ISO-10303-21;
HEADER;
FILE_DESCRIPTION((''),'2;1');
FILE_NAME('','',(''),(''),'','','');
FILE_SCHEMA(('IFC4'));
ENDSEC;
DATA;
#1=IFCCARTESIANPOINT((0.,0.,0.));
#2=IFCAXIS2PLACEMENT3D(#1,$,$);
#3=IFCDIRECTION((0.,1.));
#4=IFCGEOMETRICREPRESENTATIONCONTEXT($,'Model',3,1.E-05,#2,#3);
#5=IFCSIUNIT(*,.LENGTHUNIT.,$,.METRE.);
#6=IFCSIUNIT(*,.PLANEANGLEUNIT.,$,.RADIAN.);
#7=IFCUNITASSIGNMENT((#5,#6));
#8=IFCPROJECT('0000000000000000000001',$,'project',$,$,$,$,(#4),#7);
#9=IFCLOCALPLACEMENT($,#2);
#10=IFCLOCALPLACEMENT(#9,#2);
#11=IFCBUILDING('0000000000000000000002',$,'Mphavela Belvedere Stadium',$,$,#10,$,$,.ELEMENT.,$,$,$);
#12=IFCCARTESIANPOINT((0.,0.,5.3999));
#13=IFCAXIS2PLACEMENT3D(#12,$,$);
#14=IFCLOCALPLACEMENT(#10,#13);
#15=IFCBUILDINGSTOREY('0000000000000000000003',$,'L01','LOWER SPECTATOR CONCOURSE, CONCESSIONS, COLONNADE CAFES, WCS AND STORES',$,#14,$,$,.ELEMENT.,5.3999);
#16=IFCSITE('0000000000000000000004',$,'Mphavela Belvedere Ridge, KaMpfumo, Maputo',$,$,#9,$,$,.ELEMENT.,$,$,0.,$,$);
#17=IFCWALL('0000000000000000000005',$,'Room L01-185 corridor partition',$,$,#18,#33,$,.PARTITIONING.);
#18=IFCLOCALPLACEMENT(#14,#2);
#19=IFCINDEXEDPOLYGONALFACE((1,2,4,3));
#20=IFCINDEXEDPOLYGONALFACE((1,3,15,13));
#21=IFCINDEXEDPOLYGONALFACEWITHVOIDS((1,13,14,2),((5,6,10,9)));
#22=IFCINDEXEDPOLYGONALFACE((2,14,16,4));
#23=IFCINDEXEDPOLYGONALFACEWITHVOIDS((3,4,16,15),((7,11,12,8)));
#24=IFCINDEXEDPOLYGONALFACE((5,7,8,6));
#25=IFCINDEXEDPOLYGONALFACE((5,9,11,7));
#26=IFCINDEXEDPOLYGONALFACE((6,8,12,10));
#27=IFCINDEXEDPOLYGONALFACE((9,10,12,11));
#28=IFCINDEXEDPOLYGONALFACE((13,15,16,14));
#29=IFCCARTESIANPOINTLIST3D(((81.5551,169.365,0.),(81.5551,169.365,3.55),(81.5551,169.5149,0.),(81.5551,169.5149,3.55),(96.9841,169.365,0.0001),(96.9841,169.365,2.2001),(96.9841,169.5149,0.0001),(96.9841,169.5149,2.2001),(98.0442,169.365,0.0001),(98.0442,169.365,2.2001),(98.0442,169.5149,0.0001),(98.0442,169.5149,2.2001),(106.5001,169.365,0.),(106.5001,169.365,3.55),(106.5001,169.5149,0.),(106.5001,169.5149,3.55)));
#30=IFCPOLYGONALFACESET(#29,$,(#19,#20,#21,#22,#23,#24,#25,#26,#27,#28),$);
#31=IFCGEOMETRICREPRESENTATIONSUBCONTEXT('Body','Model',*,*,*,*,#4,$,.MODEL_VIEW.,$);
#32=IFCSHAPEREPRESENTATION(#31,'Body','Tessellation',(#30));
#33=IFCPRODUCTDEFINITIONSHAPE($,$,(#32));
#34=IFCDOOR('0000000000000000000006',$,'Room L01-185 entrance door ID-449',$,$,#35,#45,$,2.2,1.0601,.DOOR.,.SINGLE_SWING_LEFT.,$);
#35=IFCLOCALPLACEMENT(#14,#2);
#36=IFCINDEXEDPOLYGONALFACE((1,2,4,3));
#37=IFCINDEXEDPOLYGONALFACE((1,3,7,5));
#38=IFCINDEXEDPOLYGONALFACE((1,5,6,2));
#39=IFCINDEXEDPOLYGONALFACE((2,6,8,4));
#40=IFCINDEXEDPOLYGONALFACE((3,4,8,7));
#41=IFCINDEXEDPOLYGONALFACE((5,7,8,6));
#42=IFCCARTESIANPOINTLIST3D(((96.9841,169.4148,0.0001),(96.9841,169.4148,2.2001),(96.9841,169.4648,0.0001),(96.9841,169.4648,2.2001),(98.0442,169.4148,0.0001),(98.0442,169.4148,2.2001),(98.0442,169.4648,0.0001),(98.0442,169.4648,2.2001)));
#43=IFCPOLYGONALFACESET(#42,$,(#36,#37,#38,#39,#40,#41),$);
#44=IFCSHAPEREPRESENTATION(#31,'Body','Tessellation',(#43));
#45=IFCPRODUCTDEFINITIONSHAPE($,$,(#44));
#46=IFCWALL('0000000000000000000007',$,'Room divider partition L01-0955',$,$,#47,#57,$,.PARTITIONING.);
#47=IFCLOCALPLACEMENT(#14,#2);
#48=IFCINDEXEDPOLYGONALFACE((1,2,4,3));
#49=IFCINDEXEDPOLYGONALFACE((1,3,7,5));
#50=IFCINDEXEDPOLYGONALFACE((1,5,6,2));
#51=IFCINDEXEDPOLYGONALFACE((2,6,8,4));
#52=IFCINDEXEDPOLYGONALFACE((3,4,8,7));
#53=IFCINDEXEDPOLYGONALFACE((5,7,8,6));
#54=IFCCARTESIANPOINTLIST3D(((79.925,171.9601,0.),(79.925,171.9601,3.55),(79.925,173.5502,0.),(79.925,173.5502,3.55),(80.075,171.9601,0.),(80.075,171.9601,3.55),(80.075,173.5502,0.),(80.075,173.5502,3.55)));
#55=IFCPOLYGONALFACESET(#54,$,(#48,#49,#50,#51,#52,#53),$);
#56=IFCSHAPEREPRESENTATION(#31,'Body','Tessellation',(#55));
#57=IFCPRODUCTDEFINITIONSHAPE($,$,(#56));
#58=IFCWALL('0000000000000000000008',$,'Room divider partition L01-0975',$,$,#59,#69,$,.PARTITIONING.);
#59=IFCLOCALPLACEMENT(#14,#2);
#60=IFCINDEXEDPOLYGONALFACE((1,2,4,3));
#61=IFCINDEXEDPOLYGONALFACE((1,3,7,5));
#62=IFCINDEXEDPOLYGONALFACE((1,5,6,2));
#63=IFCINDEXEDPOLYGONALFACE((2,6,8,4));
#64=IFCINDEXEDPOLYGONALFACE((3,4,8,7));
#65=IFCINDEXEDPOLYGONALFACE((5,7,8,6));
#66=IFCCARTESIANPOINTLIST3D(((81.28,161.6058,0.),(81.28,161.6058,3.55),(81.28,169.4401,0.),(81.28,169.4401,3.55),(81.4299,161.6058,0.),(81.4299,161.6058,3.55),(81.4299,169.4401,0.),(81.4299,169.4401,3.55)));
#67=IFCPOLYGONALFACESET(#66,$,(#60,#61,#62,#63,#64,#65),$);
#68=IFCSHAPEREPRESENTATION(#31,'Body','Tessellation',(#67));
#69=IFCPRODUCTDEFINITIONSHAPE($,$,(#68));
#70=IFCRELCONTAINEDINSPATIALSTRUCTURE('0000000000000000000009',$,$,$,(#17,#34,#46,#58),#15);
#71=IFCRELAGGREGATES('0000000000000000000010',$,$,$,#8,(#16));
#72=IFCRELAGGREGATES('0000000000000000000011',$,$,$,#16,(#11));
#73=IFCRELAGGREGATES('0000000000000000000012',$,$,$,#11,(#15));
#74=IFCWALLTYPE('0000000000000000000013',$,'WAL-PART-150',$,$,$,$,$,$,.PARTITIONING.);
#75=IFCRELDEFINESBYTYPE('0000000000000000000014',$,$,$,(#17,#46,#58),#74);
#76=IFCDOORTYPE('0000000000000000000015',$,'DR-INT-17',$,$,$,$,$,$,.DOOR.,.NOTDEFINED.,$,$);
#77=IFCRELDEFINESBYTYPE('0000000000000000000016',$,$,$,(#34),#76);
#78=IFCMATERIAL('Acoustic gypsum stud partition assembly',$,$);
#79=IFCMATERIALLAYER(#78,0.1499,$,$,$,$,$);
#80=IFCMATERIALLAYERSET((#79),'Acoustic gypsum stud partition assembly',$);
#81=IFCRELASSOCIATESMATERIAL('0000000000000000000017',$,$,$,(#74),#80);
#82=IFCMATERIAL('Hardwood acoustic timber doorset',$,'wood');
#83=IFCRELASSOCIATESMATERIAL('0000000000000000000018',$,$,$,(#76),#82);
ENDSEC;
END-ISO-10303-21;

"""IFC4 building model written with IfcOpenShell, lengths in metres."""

from ifc_helpers import new_model, si_unit, direction, frame, frame_2d, origin, place, context, subcontext, project, spatial, rectangle, extrude, material, layer, layer_set, type_object, element, fill, save


model = new_model("IFC4")

# Units and contexts
model_context = context("Model", 3, precision=1e-05, world=origin(), true_north=direction((0.0, 1.0)))
body_context = subcontext(model_context, "Body", "Model", "MODEL_VIEW")
ifc_project = project(units=[si_unit("LENGTHUNIT", "METRE"), si_unit("PLANEANGLEUNIT", "RADIAN")], contexts=[model_context])

# Site, building, storey
site_placement = place(None, origin())
site = spatial("IfcSite", under=ifc_project, at=site_placement, Name="Mphavela Belvedere Ridge, KaMpfumo, Maputo", CompositionType="ELEMENT", RefElevation=0.0)
building_placement = place(site_placement, origin())
building = spatial("IfcBuilding", under=site, at=building_placement, Name="Mphavela Belvedere Stadium", CompositionType="ELEMENT")
storey_placement = place(building_placement, frame((0.0, 0.0, 5.3999)))
storey = spatial("IfcBuildingStorey", under=building, at=storey_placement, Name="L01", Description="LOWER SPECTATOR CONCOURSE, CONCESSIONS, COLONNADE CAFES, WCS AND STORES", CompositionType="ELEMENT", Elevation=5.3999)

# Wall, opening, door
ifc_material_1 = material(Name="Acoustic gypsum stud partition assembly")
ifc_layer_1 = layer(ifc_material_1, 0.1499)
ifc_layer_set_1 = layer_set([ifc_layer_1], Name="Acoustic gypsum stud partition assembly")
wall_type_1 = type_object("IfcWallType", Name="WAL-PART-150", PredefinedType="PARTITIONING", material=ifc_layer_set_1)
wall_1_placement = place(storey_placement, frame((81.5549, 169.4399, 0.0), z_axis=(0.0, 0.0, 1.0), x_axis=(1.0, 0.0, 0.0)))
wall_1 = element("IfcWall", 1, at=wall_1_placement, inside=storey, type_object=wall_type_1, Name="Room L01-185 corridor partition", PredefinedType="PARTITIONING", context=body_context, shape_type="SweptSolid", body=[
    extrude(rectangle(XDim=24.9451, YDim=0.1499, at=frame_2d((12.4727, 0.0))), origin(), (0.0, 0.0, 1.0), 3.55),
])
opening_1_placement = place(wall_1_placement, frame((15.4292, 0.0, 0.0)))
opening_1 = element("IfcOpeningElement", 2, at=opening_1_placement, cuts=wall_1, PredefinedType="OPENING", context=body_context, shape_type="SweptSolid", body=[
    extrude(rectangle(XDim=1.0601, YDim=2.2, at=frame_2d((0.53, 1.1001))), frame((0.0, 0.085, 0.0), z_axis=(0.0, -1.0, 0.0), x_axis=(1.0, 0.0, 0.0)), (0.0, 0.0, 1.0), 0.1699),
])
ifc_material_2 = material(Name="Hardwood acoustic timber doorset", Category="wood")
door_type_1 = type_object("IfcDoorType", Name="DR-INT-17", OperationType="NOTDEFINED", PredefinedType="DOOR", material=ifc_material_2)
door_1_placement = place(opening_1_placement, origin())
door_1 = element("IfcDoor", 3, at=door_1_placement, inside=storey, type_object=door_type_1, Name="Room L01-185 entrance door ID-449", OperationType="SINGLE_SWING_LEFT", OverallHeight=2.2, OverallWidth=1.0601, PredefinedType="DOOR", context=body_context, shape_type="SweptSolid", body=[
    extrude(rectangle(XDim=1.0601, YDim=2.2, at=frame_2d((0.53, 1.1001))), frame((0.0, 0.0249, 0.0), z_axis=(0.0, -1.0, 0.0), x_axis=(1.0, 0.0, 0.0)), (0.0, 0.0, 1.0), 0.05),
])
fill(opening_1, door_1)

# Walls
wall_2_placement = place(storey_placement, frame((80.0, 173.55, 0.0), z_axis=(0.0, 0.0, 1.0), x_axis=(0.0, -1.0, 0.0)))
element("IfcWall", 4, at=wall_2_placement, inside=storey, type_object=wall_type_1, Name="Room divider partition L01-0955", PredefinedType="PARTITIONING", context=body_context, shape_type="SweptSolid", body=[
    extrude(rectangle(XDim=1.5901, YDim=0.1499, at=frame_2d((0.7949, 0.0))), origin(), (0.0, 0.0, 1.0), 3.55),
])
wall_3_placement = place(storey_placement, frame((81.355, 169.4399, 0.0), z_axis=(0.0, 0.0, 1.0), x_axis=(0.0, -1.0, 0.0)))
element("IfcWall", 5, at=wall_3_placement, inside=storey, type_object=wall_type_1, Name="Room divider partition L01-0975", PredefinedType="PARTITIONING", context=body_context, shape_type="SweptSolid", body=[
    extrude(rectangle(XDim=7.8342, YDim=0.1499, at=frame_2d((3.917, 0.0))), origin(), (0.0, 0.0, 1.0), 3.55),
])

save(model, "model.ifc")
